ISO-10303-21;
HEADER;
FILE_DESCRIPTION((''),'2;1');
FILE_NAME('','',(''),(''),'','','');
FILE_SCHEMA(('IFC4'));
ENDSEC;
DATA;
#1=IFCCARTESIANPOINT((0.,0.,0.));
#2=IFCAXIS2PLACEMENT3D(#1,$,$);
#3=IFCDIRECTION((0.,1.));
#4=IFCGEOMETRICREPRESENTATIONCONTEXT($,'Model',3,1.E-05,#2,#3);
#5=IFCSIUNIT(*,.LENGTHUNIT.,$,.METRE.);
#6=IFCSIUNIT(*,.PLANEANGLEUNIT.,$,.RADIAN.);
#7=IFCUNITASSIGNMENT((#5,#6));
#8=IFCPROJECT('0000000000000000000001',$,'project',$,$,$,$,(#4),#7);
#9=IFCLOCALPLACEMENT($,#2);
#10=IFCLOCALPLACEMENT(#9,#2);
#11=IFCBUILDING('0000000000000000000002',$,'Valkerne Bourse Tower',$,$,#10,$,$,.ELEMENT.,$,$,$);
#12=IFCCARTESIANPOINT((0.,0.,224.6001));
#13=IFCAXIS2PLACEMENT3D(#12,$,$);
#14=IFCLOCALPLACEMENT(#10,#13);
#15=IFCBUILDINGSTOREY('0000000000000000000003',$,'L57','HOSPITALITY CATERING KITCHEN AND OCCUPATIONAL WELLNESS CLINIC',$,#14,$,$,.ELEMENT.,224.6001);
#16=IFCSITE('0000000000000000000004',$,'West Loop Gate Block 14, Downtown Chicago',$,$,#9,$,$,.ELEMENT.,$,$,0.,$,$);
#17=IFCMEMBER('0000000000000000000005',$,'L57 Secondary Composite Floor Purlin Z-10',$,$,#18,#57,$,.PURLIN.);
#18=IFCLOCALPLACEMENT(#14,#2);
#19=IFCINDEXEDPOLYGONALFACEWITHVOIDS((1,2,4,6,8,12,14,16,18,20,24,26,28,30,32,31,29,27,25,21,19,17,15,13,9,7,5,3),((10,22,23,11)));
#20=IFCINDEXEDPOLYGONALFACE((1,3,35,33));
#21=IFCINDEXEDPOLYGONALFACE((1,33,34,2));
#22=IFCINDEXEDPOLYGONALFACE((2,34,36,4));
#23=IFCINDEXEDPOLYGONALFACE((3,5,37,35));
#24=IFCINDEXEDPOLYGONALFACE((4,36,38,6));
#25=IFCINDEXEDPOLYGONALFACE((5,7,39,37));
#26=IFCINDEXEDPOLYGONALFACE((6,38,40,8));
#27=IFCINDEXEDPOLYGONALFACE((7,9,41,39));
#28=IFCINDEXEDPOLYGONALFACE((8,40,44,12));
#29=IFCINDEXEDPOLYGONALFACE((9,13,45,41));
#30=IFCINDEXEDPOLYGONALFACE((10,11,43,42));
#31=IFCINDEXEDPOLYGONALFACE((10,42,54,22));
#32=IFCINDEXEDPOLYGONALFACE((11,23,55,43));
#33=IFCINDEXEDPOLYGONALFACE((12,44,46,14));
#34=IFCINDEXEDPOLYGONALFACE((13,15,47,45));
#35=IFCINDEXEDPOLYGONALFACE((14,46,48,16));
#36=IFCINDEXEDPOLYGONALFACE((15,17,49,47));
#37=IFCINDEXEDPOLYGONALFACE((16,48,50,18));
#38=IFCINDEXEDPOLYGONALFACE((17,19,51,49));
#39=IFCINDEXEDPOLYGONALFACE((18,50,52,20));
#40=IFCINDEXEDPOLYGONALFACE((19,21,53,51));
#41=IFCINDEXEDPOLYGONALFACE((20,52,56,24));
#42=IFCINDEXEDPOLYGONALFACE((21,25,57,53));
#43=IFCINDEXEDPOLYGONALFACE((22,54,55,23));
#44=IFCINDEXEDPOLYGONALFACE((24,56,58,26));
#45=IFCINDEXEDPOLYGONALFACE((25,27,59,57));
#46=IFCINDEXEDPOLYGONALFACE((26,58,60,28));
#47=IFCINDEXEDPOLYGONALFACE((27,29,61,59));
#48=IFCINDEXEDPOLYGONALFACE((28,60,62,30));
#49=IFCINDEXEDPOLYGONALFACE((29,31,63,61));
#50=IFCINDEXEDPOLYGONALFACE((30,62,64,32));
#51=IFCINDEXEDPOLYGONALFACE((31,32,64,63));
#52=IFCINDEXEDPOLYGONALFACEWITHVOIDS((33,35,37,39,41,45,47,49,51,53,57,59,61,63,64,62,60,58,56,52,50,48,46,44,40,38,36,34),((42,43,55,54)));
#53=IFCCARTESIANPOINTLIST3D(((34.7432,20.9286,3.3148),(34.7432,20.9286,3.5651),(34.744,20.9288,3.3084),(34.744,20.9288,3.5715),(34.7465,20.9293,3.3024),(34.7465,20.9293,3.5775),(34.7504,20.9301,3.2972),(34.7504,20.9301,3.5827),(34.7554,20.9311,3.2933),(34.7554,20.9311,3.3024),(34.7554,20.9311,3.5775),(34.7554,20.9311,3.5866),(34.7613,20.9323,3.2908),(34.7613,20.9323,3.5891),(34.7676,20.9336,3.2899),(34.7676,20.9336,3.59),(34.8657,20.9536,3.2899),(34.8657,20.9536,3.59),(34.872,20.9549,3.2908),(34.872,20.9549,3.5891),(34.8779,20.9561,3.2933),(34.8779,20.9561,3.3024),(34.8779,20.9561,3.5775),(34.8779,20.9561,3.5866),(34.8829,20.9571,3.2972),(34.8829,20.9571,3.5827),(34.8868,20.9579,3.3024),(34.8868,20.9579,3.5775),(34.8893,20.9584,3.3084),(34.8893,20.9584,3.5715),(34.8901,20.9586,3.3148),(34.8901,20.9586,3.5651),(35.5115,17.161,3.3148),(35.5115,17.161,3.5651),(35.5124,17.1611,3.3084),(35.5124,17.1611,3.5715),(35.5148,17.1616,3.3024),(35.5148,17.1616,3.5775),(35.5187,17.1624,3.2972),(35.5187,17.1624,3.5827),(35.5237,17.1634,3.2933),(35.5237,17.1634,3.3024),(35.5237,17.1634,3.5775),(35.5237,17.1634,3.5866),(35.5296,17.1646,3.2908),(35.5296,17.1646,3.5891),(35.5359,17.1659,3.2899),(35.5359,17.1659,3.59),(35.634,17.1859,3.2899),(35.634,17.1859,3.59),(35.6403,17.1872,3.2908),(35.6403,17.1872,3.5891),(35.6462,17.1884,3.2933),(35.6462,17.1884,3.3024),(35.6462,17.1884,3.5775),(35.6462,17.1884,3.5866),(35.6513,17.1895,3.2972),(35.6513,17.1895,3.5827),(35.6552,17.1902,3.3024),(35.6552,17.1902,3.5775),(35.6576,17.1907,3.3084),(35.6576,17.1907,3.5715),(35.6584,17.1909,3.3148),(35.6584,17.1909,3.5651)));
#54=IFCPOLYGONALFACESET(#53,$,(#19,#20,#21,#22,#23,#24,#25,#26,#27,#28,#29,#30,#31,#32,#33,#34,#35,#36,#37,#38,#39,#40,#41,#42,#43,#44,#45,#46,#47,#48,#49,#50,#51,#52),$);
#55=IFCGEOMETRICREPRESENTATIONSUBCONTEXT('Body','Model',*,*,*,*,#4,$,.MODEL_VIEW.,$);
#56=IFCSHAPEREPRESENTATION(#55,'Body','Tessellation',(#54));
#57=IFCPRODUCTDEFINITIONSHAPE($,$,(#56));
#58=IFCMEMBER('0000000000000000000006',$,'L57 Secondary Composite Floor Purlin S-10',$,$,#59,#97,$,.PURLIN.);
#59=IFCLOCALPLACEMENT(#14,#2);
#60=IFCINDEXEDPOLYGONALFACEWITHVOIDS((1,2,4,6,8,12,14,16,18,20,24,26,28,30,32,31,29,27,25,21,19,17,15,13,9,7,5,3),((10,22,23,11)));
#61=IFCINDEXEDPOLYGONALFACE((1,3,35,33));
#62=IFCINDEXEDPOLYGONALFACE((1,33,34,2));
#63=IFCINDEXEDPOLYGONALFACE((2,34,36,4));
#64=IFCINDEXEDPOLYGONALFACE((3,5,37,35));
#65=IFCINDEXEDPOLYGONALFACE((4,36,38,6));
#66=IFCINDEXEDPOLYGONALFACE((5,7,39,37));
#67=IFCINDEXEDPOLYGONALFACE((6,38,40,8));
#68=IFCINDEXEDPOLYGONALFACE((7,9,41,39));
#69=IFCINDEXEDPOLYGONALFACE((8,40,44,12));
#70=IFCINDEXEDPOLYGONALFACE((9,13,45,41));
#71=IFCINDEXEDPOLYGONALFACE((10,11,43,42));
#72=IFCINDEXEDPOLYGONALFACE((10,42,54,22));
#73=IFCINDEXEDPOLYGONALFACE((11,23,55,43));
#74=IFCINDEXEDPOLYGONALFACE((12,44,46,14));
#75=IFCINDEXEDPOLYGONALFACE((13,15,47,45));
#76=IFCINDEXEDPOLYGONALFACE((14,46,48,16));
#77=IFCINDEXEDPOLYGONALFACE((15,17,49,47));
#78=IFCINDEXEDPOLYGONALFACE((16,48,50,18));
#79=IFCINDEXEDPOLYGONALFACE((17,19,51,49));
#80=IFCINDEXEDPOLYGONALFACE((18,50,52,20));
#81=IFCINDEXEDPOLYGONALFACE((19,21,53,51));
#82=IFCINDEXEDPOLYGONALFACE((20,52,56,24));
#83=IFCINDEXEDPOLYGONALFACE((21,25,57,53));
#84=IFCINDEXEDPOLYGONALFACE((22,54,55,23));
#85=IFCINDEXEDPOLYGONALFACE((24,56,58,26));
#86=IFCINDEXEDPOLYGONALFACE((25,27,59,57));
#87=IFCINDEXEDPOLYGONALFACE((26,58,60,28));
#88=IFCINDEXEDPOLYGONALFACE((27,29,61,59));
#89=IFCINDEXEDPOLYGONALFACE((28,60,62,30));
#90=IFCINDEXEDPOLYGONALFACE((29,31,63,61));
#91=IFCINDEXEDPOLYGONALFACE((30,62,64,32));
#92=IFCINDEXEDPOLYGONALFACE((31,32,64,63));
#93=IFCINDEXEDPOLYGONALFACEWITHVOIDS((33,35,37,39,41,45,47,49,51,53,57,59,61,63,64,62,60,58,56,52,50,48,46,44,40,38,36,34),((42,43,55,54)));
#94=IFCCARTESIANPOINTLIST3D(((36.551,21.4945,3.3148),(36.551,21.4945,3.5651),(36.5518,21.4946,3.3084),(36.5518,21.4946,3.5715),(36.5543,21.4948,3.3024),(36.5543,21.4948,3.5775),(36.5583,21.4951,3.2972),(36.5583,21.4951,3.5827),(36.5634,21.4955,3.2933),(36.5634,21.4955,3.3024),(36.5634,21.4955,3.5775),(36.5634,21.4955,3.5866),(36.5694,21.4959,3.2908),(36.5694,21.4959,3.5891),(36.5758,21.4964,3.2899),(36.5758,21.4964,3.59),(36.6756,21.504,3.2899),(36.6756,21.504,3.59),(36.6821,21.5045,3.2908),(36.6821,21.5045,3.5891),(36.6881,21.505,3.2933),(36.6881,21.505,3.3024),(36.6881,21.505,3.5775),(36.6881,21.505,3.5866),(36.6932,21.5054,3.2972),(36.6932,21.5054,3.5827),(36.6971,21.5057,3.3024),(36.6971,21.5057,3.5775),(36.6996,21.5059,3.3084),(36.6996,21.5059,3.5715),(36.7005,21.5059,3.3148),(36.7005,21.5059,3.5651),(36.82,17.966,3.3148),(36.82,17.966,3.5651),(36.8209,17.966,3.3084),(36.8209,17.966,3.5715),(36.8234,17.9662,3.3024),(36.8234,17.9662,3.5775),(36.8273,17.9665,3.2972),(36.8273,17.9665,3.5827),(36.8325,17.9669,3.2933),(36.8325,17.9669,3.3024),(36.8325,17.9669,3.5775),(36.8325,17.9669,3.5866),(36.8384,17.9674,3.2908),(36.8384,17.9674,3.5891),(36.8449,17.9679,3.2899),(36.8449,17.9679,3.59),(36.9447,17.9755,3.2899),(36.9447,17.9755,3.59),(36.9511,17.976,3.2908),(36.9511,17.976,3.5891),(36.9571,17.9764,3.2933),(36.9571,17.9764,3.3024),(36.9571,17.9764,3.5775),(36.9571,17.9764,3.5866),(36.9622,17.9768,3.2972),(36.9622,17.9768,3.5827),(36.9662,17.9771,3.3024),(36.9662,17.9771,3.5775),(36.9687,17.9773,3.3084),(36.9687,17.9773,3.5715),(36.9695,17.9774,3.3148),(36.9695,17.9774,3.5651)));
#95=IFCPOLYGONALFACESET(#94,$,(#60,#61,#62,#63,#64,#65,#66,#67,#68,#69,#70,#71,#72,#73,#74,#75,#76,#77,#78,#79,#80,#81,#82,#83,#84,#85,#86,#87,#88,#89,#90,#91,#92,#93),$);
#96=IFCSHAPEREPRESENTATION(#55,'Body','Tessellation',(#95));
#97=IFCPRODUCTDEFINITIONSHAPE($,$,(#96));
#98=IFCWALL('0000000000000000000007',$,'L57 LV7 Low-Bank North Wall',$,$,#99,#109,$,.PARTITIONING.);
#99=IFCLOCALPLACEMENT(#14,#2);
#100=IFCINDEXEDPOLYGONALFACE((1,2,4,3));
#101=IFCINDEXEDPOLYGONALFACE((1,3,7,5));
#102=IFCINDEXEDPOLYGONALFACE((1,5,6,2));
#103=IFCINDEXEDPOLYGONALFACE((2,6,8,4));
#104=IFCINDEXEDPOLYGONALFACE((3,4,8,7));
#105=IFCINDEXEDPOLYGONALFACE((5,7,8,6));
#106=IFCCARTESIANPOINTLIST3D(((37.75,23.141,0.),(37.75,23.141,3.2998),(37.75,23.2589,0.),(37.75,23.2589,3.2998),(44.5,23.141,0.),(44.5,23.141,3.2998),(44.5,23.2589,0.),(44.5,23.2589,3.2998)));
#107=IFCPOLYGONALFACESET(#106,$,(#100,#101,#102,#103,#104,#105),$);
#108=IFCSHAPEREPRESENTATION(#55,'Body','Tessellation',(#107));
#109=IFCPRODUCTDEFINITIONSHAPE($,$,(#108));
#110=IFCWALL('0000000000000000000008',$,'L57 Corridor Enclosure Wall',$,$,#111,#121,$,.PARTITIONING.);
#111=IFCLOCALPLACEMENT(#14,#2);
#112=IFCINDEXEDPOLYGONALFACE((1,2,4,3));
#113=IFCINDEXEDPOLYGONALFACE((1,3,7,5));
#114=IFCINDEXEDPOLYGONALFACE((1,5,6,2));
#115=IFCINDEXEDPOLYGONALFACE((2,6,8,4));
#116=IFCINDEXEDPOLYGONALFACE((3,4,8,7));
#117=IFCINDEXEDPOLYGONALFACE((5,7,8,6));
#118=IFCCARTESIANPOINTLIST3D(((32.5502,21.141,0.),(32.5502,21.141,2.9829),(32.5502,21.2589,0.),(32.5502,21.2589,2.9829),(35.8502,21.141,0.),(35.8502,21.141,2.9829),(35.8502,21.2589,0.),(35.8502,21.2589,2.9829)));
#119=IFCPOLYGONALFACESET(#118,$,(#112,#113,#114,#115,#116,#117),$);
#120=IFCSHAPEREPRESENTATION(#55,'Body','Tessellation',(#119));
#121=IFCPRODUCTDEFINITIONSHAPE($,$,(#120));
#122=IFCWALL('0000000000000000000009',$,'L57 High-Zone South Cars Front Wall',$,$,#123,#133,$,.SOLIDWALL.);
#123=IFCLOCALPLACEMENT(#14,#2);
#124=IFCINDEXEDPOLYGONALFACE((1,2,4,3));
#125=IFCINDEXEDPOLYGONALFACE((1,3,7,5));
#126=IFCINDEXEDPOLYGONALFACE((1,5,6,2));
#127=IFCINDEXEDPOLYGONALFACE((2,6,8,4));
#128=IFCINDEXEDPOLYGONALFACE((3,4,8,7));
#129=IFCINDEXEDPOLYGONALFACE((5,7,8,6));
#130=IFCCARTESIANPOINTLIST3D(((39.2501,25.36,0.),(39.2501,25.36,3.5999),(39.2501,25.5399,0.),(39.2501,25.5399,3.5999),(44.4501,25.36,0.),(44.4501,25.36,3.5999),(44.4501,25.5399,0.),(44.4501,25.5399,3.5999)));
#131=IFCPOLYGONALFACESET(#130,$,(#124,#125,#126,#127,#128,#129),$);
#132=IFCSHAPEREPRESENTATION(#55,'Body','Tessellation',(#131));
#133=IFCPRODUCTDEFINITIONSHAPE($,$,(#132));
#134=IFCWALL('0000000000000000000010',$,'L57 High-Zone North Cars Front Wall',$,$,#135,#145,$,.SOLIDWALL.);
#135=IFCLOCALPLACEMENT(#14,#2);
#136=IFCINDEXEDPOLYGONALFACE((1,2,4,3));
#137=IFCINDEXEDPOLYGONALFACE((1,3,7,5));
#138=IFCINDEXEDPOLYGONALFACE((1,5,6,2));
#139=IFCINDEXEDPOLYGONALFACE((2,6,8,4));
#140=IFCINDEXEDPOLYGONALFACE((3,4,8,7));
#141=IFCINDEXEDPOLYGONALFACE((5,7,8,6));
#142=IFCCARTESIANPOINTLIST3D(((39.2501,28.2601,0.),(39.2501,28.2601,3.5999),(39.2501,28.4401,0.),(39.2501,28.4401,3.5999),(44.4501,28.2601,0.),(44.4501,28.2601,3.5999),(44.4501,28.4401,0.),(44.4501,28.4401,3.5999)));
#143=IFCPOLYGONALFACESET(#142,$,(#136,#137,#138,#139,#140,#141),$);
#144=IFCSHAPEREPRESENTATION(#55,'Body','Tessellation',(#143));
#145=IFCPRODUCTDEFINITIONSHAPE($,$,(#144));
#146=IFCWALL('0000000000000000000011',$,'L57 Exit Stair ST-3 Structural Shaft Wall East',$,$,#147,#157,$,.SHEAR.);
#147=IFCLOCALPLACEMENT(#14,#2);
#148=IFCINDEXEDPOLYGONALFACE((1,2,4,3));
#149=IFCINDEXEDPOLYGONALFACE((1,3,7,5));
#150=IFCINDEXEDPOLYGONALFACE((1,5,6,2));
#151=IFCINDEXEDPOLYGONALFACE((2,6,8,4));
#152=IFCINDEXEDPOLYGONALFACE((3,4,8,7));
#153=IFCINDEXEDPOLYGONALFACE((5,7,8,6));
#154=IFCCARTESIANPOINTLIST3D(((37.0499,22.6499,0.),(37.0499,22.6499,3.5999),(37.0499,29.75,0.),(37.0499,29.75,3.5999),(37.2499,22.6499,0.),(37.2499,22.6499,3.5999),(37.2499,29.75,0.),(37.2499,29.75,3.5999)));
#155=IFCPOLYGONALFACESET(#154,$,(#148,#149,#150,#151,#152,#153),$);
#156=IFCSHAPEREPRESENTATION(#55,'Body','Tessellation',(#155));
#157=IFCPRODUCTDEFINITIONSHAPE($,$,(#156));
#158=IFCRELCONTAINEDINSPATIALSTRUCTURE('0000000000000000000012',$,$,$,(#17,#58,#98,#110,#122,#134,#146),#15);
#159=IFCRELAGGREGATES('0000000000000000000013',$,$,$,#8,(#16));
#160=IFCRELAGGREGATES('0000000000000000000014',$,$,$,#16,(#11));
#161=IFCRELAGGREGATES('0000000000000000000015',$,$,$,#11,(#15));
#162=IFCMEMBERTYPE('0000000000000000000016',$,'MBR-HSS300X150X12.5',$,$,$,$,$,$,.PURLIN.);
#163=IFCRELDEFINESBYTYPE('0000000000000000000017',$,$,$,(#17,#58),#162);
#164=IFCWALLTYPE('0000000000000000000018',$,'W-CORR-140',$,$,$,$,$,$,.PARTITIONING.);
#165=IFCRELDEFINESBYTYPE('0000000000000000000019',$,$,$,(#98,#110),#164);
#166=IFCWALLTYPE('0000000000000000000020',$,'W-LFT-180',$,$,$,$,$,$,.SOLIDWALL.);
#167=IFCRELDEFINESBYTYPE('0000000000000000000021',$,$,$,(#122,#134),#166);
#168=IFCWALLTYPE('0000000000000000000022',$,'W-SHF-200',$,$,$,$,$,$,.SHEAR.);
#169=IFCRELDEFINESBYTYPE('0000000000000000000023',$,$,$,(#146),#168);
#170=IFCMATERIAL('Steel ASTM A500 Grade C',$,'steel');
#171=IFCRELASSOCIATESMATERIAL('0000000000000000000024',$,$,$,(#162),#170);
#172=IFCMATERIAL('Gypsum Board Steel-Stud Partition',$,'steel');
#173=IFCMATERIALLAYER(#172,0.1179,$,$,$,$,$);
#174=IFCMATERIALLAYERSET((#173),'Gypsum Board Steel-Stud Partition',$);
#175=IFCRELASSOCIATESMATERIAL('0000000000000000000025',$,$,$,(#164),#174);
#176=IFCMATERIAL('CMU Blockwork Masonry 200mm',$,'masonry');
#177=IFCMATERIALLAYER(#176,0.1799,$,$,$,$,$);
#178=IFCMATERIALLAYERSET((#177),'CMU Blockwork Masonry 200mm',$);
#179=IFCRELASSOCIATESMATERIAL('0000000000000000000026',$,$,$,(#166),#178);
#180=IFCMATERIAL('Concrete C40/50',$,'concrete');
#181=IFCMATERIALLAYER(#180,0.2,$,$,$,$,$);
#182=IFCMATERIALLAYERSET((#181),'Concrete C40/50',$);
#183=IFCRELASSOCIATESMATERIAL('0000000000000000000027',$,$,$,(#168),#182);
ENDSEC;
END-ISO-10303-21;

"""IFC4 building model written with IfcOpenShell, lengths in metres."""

from ifc_helpers import new_model, si_unit, direction, frame, frame_2d, origin, origin_2d, place, context, subcontext, project, spatial, rectangle, hollow_rectangle, extrude, material, layer, layer_set, material_profile, profile_set, type_object, element, save


model = new_model("IFC4")

# Units and contexts
model_context = context("Model", 3, precision=1e-05, world=origin(), true_north=direction((0.0, 1.0)))
body_context = subcontext(model_context, "Body", "Model", "MODEL_VIEW")
ifc_project = project(units=[si_unit("LENGTHUNIT", "METRE"), si_unit("PLANEANGLEUNIT", "RADIAN")], contexts=[model_context])

# Site, building, storey
site_placement = place(None, origin())
site = spatial("IfcSite", under=ifc_project, at=site_placement, Name="West Loop Gate Block 14, Downtown Chicago", CompositionType="ELEMENT", RefElevation=0.0)
building_placement = place(site_placement, origin())
building = spatial("IfcBuilding", under=site, at=building_placement, Name="Valkerne Bourse Tower", CompositionType="ELEMENT")
storey_placement = place(building_placement, frame((0.0, 0.0, 224.6001)))
storey = spatial("IfcBuildingStorey", under=building, at=storey_placement, Name="L57", Description="HOSPITALITY CATERING KITCHEN AND OCCUPATIONAL WELLNESS CLINIC", CompositionType="ELEMENT", Elevation=224.6001)

# Members
ifc_material_1 = material(Name="Steel ASTM A500 Grade C", Category="steel")
ifc_material_profile_1 = material_profile(ifc_material_1, hollow_rectangle(XDim=0.1499, YDim=0.3, WallThickness=0.0125, OuterFilletRadius=0.0249, at=origin_2d()), Name="HSS300X150X12.5")
ifc_profile_set_1 = profile_set([ifc_material_profile_1], Name="Steel ASTM A500 Grade C")
member_type = type_object("IfcMemberType", Name="MBR-HSS300X150X12.5", PredefinedType="PURLIN", material=ifc_profile_set_1)
member_1_placement = place(storey_placement, frame((34.8167, 20.9436, 3.4399), z_axis=(0.199814, -0.979834, 0.0), x_axis=(0.979834, 0.199814, 0.0)))
element("IfcMember", 1, at=member_1_placement, inside=storey, type_object=member_type, Name="L57 Secondary Composite Floor Purlin Z-10", PredefinedType="PURLIN", context=body_context, shape_type="SweptSolid", body=[
    extrude(hollow_rectangle(XDim=0.1499, YDim=0.3, WallThickness=0.0125, OuterFilletRadius=0.0249, at=origin_2d()), origin(), (0.0, 0.0, 1.0), 3.8452),
])
member_2_placement = place(storey_placement, frame((36.6257, 21.5002, 3.4399), z_axis=(0.076026, -0.997106, 0.0), x_axis=(0.997106, 0.076026, 0.0)))
element("IfcMember", 2, at=member_2_placement, inside=storey, type_object=member_type, Name="L57 Secondary Composite Floor Purlin S-10", PredefinedType="PURLIN", context=body_context, shape_type="SweptSolid", body=[
    extrude(hollow_rectangle(XDim=0.1499, YDim=0.3, WallThickness=0.0125, OuterFilletRadius=0.0249, at=origin_2d()), origin(), (0.0, 0.0, 1.0), 3.5388),
])

# Walls
ifc_material_2 = material(Name="Gypsum Board Steel-Stud Partition", Category="steel")
ifc_layer_1 = layer(ifc_material_2, 0.1179)
ifc_layer_set_1 = layer_set([ifc_layer_1], Name="Gypsum Board Steel-Stud Partition")
wall_type_1 = type_object("IfcWallType", Name="W-CORR-140", PredefinedType="PARTITIONING", material=ifc_layer_set_1)
wall_1_placement = place(storey_placement, frame((37.75, 23.2, 0.0), z_axis=(0.0, 0.0, 1.0), x_axis=(1.0, 0.0, 0.0)))
element("IfcWall", 3, at=wall_1_placement, inside=storey, type_object=wall_type_1, Name="L57 LV7 Low-Bank North Wall", PredefinedType="PARTITIONING", context=body_context, shape_type="SweptSolid", body=[
    extrude(rectangle(XDim=6.75, YDim=0.1179, at=frame_2d((3.375, 0.0))), origin(), (0.0, 0.0, 1.0), 3.2998),
])
wall_2_placement = place(storey_placement, frame((35.8501, 21.2, 0.0), z_axis=(0.0, 0.0, 1.0), x_axis=(-1.0, 0.0, 0.0)))
element("IfcWall", 4, at=wall_2_placement, inside=storey, type_object=wall_type_1, Name="L57 Corridor Enclosure Wall", PredefinedType="PARTITIONING", context=body_context, shape_type="SweptSolid", body=[
    extrude(rectangle(XDim=3.3, YDim=0.1179, at=frame_2d((1.6499, 0.0))), origin(), (0.0, 0.0, 1.0), 2.9829),
])
ifc_material_3 = material(Name="CMU Blockwork Masonry 200mm", Category="masonry")
ifc_layer_2 = layer(ifc_material_3, 0.1799)
ifc_layer_set_2 = layer_set([ifc_layer_2], Name="CMU Blockwork Masonry 200mm")
wall_type_2 = type_object("IfcWallType", Name="W-LFT-180", PredefinedType="SOLIDWALL", material=ifc_layer_set_2)
for number, where, z_axis, x_axis, name in (
    (5, (39.25, 25.45, 0.0), (0.0, 0.0, 1.0), (1.0, 0.0, 0.0), "L57 High-Zone South Cars Front Wall"),
    (6, (39.25, 28.3501, 0.0), (0.0, 0.0, 1.0), (1.0, 0.0, 0.0), "L57 High-Zone North Cars Front Wall"),
):
    element("IfcWall", number, at=place(storey_placement, frame(where, z_axis=z_axis, x_axis=x_axis)), inside=storey, type_object=wall_type_2, Name=name, PredefinedType="SOLIDWALL", context=body_context, shape_type="SweptSolid", body=[
        extrude(rectangle(XDim=5.2, YDim=0.1799, at=frame_2d((2.6001, 0.0))), origin(), (0.0, 0.0, 1.0), 3.5999),
    ])
ifc_material_4 = material(Name="Concrete C40/50", Category="concrete")
ifc_layer_3 = layer(ifc_material_4, 0.2)
ifc_layer_set_3 = layer_set([ifc_layer_3], Name="Concrete C40/50")
wall_type_3 = type_object("IfcWallType", Name="W-SHF-200", PredefinedType="SHEAR", material=ifc_layer_set_3)
wall_3_placement = place(storey_placement, frame((37.1499, 22.6499, 0.0), z_axis=(0.0, 0.0, 1.0), x_axis=(0.0, 1.0, 0.0)))
element("IfcWall", 7, at=wall_3_placement, inside=storey, type_object=wall_type_3, Name="L57 Exit Stair ST-3 Structural Shaft Wall East", PredefinedType="SHEAR", context=body_context, shape_type="SweptSolid", body=[
    extrude(rectangle(XDim=7.1001, YDim=0.2, at=frame_2d((3.55, 0.0))), origin(), (0.0, 0.0, 1.0), 3.5999),
])

save(model, "model.ifc")
